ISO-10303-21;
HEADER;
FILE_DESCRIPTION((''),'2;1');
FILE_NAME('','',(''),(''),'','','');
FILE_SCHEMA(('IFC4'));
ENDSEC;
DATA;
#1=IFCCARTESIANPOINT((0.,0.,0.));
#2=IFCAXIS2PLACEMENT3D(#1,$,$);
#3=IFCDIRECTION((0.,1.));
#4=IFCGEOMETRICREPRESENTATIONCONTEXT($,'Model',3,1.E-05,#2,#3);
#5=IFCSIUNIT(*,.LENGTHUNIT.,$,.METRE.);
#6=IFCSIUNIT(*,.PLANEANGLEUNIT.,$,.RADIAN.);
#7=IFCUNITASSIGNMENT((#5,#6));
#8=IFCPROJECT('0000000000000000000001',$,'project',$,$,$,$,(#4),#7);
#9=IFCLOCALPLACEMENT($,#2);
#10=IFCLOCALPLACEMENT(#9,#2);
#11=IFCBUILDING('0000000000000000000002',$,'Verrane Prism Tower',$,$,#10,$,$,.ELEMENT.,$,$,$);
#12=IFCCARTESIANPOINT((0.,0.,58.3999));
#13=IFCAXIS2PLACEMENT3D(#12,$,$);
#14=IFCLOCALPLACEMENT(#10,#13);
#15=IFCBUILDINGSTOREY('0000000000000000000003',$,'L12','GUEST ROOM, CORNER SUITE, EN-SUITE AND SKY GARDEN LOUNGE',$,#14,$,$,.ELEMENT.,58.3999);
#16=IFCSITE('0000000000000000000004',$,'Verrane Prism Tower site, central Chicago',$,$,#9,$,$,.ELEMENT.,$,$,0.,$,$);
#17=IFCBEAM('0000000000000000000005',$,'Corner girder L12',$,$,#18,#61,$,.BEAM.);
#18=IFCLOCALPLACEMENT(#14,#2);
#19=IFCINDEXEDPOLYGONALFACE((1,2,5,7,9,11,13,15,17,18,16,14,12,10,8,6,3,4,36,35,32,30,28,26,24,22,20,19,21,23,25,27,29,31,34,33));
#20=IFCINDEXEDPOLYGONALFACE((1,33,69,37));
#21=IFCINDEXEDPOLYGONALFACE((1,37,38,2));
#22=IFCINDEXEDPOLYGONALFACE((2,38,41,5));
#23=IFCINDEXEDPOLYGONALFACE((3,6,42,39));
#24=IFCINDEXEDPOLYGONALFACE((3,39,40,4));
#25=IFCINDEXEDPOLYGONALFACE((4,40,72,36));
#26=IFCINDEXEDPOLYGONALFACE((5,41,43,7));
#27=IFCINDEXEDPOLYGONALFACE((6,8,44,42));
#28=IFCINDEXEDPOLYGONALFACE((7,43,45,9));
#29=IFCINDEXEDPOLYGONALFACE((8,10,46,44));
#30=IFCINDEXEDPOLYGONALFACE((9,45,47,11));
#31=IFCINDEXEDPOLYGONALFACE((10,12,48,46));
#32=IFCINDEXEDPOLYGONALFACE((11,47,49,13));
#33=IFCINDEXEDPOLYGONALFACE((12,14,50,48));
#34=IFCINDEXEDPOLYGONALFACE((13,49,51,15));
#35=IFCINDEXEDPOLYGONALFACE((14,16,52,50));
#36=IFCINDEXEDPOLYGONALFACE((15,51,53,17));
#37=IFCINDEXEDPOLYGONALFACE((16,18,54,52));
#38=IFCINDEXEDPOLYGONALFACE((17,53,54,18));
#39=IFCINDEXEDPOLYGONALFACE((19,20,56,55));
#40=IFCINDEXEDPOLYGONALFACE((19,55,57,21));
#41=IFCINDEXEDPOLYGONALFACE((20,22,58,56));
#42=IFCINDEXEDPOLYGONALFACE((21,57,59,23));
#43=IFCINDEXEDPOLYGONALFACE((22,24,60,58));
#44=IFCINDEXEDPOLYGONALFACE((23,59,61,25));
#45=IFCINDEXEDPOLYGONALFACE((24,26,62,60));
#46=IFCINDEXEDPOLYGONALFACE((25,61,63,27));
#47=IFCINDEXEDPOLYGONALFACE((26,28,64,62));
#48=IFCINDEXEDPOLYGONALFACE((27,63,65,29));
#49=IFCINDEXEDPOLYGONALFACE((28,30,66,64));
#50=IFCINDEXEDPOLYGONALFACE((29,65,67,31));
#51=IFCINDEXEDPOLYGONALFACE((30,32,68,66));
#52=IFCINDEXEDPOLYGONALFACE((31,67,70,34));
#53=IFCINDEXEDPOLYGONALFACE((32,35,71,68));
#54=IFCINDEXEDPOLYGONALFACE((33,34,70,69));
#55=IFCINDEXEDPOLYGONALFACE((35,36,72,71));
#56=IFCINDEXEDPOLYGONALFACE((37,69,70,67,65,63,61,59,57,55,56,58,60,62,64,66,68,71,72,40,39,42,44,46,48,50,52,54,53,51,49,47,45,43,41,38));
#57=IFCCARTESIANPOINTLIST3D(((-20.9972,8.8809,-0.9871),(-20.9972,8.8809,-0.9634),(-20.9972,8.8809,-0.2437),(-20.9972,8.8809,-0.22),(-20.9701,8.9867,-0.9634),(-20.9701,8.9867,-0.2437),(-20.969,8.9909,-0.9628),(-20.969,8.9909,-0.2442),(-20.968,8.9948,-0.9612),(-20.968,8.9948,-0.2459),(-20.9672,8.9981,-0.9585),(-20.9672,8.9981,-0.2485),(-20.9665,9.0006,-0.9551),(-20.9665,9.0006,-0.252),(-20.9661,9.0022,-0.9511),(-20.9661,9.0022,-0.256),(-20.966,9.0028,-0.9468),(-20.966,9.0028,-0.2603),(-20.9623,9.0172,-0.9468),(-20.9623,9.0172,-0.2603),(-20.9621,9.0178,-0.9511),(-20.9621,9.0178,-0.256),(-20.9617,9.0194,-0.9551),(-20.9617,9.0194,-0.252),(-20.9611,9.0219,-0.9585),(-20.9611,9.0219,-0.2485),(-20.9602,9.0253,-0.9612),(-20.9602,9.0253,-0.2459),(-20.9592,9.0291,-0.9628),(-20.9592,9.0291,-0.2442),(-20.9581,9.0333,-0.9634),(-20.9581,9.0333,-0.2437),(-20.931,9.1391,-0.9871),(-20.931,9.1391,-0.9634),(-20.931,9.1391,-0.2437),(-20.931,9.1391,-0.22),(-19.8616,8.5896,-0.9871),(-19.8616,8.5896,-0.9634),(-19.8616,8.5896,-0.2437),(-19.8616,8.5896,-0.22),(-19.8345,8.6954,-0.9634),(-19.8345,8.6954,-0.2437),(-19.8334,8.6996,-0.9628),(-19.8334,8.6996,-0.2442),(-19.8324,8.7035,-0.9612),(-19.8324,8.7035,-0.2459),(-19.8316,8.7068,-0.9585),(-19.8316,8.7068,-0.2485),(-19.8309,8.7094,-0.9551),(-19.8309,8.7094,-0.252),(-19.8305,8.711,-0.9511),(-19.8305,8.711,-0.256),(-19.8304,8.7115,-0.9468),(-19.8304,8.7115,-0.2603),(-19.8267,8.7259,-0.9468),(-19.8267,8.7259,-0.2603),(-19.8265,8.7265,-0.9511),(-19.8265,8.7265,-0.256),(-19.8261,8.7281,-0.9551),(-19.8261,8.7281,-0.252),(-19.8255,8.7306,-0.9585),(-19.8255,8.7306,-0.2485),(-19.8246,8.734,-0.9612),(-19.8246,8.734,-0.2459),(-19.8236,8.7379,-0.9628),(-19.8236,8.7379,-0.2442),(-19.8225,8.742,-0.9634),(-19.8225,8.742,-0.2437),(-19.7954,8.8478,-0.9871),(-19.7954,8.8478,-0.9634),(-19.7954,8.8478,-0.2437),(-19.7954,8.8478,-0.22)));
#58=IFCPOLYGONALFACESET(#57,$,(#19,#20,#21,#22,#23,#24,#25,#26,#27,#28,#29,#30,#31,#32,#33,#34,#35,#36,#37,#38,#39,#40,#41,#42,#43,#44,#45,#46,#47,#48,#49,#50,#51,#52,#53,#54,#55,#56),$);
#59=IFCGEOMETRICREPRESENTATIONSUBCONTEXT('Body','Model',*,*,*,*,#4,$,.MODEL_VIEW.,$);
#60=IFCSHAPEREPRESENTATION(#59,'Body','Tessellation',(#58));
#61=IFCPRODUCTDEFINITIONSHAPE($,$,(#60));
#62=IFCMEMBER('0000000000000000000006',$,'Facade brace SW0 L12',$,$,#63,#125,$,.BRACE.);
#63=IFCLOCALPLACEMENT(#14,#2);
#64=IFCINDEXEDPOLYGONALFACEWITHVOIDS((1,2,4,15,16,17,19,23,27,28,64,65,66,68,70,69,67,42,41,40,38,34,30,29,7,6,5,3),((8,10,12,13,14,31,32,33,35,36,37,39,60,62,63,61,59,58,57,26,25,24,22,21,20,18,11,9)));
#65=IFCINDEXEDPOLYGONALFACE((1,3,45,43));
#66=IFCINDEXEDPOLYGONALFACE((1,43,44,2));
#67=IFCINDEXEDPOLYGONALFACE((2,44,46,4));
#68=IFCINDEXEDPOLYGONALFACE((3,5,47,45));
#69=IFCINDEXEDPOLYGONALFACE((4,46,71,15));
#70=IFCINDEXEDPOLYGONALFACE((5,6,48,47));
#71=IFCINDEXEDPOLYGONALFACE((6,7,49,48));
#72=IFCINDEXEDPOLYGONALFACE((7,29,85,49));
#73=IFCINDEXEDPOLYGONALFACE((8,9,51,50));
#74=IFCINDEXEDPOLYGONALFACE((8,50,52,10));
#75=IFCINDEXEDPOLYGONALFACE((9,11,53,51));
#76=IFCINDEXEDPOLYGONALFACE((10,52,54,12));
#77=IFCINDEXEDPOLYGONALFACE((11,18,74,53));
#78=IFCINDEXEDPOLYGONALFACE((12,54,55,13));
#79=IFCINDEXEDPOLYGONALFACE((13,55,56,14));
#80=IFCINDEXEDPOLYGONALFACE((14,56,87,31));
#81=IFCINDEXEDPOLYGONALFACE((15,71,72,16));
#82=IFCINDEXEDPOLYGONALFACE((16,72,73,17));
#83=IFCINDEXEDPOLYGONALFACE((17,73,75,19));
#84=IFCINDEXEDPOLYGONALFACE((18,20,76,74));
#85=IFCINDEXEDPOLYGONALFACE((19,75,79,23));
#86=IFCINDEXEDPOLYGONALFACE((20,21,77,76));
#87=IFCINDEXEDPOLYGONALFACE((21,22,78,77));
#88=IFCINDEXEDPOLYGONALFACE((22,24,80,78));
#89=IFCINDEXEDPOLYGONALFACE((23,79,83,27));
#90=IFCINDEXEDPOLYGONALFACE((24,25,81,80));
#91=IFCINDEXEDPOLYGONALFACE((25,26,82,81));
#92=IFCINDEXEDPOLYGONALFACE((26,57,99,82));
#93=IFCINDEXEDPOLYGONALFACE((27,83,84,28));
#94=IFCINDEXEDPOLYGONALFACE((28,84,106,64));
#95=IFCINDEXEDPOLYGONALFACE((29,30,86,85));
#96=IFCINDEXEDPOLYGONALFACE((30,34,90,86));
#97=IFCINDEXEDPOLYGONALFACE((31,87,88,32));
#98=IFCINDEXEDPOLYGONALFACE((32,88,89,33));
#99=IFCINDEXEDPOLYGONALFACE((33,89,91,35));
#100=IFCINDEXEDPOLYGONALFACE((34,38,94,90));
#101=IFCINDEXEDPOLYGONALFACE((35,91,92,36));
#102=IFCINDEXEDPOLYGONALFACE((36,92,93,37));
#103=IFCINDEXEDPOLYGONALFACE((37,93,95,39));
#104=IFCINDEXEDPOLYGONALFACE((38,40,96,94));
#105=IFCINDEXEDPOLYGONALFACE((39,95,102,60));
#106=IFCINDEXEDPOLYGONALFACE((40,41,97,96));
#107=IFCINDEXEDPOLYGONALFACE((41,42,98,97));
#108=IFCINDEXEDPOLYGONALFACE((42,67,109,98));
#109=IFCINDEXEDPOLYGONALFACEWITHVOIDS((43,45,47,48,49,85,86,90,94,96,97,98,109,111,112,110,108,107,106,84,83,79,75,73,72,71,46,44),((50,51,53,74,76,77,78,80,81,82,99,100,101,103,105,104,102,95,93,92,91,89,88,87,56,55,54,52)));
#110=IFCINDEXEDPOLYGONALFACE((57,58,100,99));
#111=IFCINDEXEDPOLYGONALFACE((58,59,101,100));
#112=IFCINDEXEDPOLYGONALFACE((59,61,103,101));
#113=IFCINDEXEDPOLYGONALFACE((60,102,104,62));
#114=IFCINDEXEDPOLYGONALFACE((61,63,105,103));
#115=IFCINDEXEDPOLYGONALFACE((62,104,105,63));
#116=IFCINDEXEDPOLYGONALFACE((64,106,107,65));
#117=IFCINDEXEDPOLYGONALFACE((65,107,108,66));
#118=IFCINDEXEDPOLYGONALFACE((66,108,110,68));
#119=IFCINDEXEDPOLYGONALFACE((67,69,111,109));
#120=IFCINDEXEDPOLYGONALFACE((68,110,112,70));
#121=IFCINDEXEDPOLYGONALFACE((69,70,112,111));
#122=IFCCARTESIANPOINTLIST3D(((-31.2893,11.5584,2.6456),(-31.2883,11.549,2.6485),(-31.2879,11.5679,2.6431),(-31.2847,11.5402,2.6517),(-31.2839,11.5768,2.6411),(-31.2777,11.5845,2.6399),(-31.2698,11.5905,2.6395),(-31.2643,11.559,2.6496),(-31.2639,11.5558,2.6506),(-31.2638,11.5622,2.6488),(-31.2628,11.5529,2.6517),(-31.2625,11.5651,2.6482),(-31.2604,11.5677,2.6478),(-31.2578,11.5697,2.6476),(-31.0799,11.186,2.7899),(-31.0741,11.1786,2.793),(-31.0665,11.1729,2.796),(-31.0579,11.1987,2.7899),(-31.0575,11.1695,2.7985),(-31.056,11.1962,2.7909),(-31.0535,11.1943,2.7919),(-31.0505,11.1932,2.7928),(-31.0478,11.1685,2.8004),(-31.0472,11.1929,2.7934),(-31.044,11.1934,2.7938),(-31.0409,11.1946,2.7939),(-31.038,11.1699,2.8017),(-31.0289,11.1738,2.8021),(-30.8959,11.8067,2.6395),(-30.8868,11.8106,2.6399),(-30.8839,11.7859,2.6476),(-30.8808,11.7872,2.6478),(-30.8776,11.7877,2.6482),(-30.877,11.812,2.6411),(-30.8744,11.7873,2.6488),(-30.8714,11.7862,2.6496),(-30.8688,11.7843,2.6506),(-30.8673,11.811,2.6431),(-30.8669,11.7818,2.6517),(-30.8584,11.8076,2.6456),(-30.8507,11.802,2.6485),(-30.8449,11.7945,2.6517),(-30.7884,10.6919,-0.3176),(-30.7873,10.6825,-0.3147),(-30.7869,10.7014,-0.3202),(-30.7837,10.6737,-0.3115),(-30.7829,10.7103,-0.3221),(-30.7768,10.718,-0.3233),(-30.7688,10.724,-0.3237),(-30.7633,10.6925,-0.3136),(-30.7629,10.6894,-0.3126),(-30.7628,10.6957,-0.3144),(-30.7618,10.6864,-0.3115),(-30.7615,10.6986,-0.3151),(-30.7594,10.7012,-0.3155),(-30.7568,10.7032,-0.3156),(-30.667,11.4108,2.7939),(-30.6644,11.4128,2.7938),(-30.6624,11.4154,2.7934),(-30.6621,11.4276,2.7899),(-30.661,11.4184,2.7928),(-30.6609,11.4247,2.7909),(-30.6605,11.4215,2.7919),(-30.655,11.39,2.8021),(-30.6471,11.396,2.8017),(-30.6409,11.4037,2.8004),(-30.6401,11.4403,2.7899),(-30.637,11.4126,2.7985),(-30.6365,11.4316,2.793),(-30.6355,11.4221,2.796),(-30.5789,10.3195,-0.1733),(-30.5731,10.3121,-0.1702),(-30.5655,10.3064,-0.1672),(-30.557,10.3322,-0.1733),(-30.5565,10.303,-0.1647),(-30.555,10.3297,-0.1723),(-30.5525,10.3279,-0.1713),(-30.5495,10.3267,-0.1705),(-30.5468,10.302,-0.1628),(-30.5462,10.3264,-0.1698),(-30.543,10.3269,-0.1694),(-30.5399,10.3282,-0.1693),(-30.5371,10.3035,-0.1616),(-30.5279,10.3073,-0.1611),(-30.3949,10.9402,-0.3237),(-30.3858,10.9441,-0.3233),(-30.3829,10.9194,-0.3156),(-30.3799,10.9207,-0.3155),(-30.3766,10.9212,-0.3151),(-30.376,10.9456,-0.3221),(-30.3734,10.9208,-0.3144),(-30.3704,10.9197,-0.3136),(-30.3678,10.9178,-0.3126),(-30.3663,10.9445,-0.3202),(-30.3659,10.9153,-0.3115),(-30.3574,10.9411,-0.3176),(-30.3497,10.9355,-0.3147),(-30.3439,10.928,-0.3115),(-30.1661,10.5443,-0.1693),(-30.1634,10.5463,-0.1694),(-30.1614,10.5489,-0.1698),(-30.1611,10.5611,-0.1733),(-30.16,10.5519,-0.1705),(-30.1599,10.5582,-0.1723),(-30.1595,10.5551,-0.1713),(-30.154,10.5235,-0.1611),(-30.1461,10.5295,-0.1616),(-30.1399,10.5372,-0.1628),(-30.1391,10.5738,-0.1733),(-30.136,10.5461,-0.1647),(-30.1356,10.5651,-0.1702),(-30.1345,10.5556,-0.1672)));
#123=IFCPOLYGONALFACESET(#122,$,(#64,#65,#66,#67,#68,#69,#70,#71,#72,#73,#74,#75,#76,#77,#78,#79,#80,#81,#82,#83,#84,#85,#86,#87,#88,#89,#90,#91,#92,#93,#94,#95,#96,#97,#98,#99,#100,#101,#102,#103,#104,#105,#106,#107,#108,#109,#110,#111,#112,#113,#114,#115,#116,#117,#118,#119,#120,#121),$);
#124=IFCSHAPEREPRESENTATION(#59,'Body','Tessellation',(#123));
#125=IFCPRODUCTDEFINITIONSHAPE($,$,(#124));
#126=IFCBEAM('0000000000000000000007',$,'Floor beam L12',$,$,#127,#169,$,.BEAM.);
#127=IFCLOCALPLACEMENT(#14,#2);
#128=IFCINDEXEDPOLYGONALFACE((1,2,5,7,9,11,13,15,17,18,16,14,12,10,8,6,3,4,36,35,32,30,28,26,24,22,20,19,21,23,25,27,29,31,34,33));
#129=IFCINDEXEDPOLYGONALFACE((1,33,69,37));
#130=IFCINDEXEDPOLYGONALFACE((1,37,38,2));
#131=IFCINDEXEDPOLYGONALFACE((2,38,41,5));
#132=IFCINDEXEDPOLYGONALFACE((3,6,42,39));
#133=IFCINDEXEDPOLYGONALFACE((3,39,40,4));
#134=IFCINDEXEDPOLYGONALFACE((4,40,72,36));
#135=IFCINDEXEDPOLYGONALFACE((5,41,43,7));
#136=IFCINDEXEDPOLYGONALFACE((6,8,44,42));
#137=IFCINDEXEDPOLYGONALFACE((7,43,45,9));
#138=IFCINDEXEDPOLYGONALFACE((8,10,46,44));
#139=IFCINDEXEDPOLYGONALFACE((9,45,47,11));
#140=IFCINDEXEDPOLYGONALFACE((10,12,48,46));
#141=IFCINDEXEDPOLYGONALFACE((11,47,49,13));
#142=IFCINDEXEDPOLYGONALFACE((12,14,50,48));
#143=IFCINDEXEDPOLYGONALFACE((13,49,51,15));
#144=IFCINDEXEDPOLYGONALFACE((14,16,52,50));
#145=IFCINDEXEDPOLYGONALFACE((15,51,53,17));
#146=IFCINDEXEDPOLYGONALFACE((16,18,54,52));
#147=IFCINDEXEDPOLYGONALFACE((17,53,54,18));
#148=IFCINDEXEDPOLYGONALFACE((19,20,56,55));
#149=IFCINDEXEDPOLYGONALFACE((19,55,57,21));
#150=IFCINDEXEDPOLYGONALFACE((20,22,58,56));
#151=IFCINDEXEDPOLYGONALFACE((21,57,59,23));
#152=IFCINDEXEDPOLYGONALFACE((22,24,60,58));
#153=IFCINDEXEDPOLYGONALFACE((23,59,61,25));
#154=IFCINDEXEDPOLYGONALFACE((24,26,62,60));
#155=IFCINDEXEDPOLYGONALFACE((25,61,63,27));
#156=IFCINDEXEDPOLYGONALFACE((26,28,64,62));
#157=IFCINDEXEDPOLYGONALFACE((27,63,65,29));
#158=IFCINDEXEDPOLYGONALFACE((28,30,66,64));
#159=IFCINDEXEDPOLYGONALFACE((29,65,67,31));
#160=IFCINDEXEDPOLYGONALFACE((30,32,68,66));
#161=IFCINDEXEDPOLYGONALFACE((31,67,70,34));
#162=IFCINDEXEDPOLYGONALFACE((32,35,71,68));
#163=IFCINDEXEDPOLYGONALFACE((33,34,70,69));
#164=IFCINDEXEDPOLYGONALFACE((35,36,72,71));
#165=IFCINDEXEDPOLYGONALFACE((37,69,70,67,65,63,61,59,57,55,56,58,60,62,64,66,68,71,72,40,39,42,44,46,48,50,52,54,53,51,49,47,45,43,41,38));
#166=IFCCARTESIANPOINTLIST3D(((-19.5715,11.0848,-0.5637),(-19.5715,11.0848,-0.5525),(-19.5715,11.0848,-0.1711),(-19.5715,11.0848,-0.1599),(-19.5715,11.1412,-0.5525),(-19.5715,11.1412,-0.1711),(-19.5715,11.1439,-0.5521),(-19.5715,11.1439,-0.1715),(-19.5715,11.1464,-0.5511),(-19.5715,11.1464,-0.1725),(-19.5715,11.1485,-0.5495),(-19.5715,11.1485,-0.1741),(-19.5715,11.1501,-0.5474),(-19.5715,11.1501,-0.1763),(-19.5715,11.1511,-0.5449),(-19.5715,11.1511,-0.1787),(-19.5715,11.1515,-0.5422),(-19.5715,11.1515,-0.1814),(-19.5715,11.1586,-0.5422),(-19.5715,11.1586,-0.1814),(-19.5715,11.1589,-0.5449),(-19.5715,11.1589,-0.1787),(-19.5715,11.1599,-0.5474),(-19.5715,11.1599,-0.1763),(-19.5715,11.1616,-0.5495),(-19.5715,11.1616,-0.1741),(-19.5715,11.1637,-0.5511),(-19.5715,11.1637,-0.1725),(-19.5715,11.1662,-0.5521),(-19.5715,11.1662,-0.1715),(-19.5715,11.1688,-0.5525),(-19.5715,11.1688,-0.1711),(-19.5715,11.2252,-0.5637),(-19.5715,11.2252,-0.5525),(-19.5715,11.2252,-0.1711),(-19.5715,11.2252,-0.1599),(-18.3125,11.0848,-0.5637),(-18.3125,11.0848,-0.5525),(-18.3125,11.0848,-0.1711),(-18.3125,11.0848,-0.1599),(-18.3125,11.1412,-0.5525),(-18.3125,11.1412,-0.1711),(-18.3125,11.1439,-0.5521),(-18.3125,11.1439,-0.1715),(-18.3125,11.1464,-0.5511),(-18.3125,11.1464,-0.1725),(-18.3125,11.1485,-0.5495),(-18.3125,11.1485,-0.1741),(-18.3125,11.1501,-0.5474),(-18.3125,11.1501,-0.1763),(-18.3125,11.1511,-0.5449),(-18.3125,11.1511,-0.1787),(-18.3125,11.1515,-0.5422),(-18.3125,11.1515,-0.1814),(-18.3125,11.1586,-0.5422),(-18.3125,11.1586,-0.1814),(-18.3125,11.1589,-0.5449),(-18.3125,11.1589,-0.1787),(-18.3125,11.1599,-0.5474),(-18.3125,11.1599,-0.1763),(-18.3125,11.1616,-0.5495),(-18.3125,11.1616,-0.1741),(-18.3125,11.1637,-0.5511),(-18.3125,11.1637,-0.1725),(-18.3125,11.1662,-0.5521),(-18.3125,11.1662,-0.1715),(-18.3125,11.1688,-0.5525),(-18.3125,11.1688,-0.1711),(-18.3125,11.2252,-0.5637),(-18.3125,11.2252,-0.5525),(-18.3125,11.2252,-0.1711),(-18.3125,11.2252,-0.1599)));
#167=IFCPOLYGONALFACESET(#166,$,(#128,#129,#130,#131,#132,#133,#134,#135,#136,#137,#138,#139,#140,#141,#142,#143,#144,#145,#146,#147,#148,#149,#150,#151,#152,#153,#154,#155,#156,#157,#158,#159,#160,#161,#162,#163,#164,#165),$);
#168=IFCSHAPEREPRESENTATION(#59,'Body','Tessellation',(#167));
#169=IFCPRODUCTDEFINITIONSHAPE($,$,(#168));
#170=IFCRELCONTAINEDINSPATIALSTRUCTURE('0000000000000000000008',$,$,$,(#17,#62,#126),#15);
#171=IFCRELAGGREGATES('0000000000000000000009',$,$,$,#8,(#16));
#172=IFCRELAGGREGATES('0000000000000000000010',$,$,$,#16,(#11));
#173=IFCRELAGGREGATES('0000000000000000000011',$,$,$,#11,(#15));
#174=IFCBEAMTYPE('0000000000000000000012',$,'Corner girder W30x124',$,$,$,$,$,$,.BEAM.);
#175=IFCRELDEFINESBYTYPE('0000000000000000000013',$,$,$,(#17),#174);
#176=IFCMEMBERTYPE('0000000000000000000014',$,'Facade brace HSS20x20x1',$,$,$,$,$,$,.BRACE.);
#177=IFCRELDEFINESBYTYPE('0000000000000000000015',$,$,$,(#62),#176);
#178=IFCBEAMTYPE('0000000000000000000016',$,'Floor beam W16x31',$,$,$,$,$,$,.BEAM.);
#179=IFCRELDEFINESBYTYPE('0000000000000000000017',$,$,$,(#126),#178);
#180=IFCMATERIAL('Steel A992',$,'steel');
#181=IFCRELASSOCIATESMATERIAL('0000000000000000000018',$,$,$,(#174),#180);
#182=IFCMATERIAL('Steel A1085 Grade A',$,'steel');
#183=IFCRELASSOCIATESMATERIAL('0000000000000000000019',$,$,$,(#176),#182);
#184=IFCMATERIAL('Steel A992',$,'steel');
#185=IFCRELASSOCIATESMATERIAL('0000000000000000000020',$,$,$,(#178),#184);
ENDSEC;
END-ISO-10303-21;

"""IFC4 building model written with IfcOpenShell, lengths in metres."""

from ifc_helpers import new_model, si_unit, direction, frame, origin, origin_2d, place, context, subcontext, project, spatial, hollow_rectangle, i_section, extrude, material, material_profile, profile_set, type_object, element, save


model = new_model("IFC4")

# Units and contexts
model_context = context("Model", 3, precision=1e-05, world=origin(), true_north=direction((0.0, 1.0)))
body_context = subcontext(model_context, "Body", "Model", "MODEL_VIEW")
ifc_project = project(units=[si_unit("LENGTHUNIT", "METRE"), si_unit("PLANEANGLEUNIT", "RADIAN")], contexts=[model_context])

# Site, building, storey
site_placement = place(None, origin())
site = spatial("IfcSite", under=ifc_project, at=site_placement, Name="Verrane Prism Tower site, central Chicago", CompositionType="ELEMENT", RefElevation=0.0)
building_placement = place(site_placement, origin())
building = spatial("IfcBuilding", under=site, at=building_placement, Name="Verrane Prism Tower", CompositionType="ELEMENT")
storey_placement = place(building_placement, frame((0.0, 0.0, 58.3999)))
storey = spatial("IfcBuildingStorey", under=building, at=storey_placement, Name="L12", Description="GUEST ROOM, CORNER SUITE, EN-SUITE AND SKY GARDEN LOUNGE", CompositionType="ELEMENT", Elevation=58.3999)

# Beam
ifc_material_1 = material(Name="Steel A992", Category="steel")
ifc_material_profile_1 = material_profile(ifc_material_1, i_section(OverallWidth=0.2666, OverallDepth=0.7671, WebThickness=0.0149, FlangeThickness=0.0237, FilletRadius=0.0166, at=origin_2d()), Name="W30x124")
ifc_profile_set_1 = profile_set([ifc_material_profile_1], Name="Steel A992")
beam_type_1 = type_object("IfcBeamType", Name="Corner girder W30x124", PredefinedType="BEAM", material=ifc_profile_set_1)
beam_1_placement = place(storey_placement, frame((-20.9641, 9.01, -0.6035), z_axis=(0.968642, -0.248461, 0.0), x_axis=(0.248461, 0.968642, 0.0)))
element("IfcBeam", 1, at=beam_1_placement, inside=storey, type_object=beam_type_1, Name="Corner girder L12", PredefinedType="BEAM", context=body_context, shape_type="SweptSolid", body=[
    extrude(i_section(OverallWidth=0.2666, OverallDepth=0.7671, WebThickness=0.0149, FlangeThickness=0.0237, FilletRadius=0.0166, at=origin_2d()), origin(), (0.0, 0.0, 1.0), 1.1724),
])

# Member
ifc_material_2 = material(Name="Steel A1085 Grade A", Category="steel")
ifc_material_profile_2 = material_profile(ifc_material_2, hollow_rectangle(XDim=0.5081, YDim=0.5081, WallThickness=0.0254, InnerFilletRadius=0.0127, OuterFilletRadius=0.0381, at=origin_2d()), Name="HSS20x20x1")
ifc_profile_set_2 = profile_set([ifc_material_profile_2], Name="Steel A1085 Grade A")
member_type_1 = type_object("IfcMemberType", Name="Facade brace HSS20x20x1", PredefinedType="BRACE", material=ifc_profile_set_2)
member_1_placement = place(storey_placement, frame((-30.4614, 10.6238, -0.2424), z_axis=(-0.160179, 0.277035, 0.947414), x_axis=(-0.86571, -0.500546, 0.0)))
element("IfcMember", 2, at=member_1_placement, inside=storey, type_object=member_type_1, Name="Facade brace SW0 L12", PredefinedType="BRACE", context=body_context, shape_type="SweptSolid", body=[
    extrude(hollow_rectangle(XDim=0.5081, YDim=0.5081, WallThickness=0.0254, InnerFilletRadius=0.0127, OuterFilletRadius=0.0381, at=origin_2d()), origin(), (0.0, 0.0, 1.0), 3.1277),
])

# Beam
ifc_material_3 = material(Name="Steel A992", Category="steel")
ifc_material_profile_3 = material_profile(ifc_material_3, i_section(OverallWidth=0.1404, OverallDepth=0.4038, WebThickness=0.0071, FlangeThickness=0.0112, FilletRadius=0.0103, at=origin_2d()), Name="W16x31")
ifc_profile_set_3 = profile_set([ifc_material_profile_3], Name="Steel A992")
beam_type_2 = type_object("IfcBeamType", Name="Floor beam W16x31", PredefinedType="BEAM", material=ifc_profile_set_3)
beam_2_placement = place(storey_placement, frame((-19.5715, 11.155, -0.3618), z_axis=(1.0, 0.0, 0.0), x_axis=(0.0, 1.0, 0.0)))
element("IfcBeam", 3, at=beam_2_placement, inside=storey, type_object=beam_type_2, Name="Floor beam L12", PredefinedType="BEAM", context=body_context, shape_type="SweptSolid", body=[
    extrude(i_section(OverallWidth=0.1404, OverallDepth=0.4038, WebThickness=0.0071, FlangeThickness=0.0112, FilletRadius=0.0103, at=origin_2d()), origin(), (0.0, 0.0, 1.0), 1.259),
])

save(model, "model.ifc")
